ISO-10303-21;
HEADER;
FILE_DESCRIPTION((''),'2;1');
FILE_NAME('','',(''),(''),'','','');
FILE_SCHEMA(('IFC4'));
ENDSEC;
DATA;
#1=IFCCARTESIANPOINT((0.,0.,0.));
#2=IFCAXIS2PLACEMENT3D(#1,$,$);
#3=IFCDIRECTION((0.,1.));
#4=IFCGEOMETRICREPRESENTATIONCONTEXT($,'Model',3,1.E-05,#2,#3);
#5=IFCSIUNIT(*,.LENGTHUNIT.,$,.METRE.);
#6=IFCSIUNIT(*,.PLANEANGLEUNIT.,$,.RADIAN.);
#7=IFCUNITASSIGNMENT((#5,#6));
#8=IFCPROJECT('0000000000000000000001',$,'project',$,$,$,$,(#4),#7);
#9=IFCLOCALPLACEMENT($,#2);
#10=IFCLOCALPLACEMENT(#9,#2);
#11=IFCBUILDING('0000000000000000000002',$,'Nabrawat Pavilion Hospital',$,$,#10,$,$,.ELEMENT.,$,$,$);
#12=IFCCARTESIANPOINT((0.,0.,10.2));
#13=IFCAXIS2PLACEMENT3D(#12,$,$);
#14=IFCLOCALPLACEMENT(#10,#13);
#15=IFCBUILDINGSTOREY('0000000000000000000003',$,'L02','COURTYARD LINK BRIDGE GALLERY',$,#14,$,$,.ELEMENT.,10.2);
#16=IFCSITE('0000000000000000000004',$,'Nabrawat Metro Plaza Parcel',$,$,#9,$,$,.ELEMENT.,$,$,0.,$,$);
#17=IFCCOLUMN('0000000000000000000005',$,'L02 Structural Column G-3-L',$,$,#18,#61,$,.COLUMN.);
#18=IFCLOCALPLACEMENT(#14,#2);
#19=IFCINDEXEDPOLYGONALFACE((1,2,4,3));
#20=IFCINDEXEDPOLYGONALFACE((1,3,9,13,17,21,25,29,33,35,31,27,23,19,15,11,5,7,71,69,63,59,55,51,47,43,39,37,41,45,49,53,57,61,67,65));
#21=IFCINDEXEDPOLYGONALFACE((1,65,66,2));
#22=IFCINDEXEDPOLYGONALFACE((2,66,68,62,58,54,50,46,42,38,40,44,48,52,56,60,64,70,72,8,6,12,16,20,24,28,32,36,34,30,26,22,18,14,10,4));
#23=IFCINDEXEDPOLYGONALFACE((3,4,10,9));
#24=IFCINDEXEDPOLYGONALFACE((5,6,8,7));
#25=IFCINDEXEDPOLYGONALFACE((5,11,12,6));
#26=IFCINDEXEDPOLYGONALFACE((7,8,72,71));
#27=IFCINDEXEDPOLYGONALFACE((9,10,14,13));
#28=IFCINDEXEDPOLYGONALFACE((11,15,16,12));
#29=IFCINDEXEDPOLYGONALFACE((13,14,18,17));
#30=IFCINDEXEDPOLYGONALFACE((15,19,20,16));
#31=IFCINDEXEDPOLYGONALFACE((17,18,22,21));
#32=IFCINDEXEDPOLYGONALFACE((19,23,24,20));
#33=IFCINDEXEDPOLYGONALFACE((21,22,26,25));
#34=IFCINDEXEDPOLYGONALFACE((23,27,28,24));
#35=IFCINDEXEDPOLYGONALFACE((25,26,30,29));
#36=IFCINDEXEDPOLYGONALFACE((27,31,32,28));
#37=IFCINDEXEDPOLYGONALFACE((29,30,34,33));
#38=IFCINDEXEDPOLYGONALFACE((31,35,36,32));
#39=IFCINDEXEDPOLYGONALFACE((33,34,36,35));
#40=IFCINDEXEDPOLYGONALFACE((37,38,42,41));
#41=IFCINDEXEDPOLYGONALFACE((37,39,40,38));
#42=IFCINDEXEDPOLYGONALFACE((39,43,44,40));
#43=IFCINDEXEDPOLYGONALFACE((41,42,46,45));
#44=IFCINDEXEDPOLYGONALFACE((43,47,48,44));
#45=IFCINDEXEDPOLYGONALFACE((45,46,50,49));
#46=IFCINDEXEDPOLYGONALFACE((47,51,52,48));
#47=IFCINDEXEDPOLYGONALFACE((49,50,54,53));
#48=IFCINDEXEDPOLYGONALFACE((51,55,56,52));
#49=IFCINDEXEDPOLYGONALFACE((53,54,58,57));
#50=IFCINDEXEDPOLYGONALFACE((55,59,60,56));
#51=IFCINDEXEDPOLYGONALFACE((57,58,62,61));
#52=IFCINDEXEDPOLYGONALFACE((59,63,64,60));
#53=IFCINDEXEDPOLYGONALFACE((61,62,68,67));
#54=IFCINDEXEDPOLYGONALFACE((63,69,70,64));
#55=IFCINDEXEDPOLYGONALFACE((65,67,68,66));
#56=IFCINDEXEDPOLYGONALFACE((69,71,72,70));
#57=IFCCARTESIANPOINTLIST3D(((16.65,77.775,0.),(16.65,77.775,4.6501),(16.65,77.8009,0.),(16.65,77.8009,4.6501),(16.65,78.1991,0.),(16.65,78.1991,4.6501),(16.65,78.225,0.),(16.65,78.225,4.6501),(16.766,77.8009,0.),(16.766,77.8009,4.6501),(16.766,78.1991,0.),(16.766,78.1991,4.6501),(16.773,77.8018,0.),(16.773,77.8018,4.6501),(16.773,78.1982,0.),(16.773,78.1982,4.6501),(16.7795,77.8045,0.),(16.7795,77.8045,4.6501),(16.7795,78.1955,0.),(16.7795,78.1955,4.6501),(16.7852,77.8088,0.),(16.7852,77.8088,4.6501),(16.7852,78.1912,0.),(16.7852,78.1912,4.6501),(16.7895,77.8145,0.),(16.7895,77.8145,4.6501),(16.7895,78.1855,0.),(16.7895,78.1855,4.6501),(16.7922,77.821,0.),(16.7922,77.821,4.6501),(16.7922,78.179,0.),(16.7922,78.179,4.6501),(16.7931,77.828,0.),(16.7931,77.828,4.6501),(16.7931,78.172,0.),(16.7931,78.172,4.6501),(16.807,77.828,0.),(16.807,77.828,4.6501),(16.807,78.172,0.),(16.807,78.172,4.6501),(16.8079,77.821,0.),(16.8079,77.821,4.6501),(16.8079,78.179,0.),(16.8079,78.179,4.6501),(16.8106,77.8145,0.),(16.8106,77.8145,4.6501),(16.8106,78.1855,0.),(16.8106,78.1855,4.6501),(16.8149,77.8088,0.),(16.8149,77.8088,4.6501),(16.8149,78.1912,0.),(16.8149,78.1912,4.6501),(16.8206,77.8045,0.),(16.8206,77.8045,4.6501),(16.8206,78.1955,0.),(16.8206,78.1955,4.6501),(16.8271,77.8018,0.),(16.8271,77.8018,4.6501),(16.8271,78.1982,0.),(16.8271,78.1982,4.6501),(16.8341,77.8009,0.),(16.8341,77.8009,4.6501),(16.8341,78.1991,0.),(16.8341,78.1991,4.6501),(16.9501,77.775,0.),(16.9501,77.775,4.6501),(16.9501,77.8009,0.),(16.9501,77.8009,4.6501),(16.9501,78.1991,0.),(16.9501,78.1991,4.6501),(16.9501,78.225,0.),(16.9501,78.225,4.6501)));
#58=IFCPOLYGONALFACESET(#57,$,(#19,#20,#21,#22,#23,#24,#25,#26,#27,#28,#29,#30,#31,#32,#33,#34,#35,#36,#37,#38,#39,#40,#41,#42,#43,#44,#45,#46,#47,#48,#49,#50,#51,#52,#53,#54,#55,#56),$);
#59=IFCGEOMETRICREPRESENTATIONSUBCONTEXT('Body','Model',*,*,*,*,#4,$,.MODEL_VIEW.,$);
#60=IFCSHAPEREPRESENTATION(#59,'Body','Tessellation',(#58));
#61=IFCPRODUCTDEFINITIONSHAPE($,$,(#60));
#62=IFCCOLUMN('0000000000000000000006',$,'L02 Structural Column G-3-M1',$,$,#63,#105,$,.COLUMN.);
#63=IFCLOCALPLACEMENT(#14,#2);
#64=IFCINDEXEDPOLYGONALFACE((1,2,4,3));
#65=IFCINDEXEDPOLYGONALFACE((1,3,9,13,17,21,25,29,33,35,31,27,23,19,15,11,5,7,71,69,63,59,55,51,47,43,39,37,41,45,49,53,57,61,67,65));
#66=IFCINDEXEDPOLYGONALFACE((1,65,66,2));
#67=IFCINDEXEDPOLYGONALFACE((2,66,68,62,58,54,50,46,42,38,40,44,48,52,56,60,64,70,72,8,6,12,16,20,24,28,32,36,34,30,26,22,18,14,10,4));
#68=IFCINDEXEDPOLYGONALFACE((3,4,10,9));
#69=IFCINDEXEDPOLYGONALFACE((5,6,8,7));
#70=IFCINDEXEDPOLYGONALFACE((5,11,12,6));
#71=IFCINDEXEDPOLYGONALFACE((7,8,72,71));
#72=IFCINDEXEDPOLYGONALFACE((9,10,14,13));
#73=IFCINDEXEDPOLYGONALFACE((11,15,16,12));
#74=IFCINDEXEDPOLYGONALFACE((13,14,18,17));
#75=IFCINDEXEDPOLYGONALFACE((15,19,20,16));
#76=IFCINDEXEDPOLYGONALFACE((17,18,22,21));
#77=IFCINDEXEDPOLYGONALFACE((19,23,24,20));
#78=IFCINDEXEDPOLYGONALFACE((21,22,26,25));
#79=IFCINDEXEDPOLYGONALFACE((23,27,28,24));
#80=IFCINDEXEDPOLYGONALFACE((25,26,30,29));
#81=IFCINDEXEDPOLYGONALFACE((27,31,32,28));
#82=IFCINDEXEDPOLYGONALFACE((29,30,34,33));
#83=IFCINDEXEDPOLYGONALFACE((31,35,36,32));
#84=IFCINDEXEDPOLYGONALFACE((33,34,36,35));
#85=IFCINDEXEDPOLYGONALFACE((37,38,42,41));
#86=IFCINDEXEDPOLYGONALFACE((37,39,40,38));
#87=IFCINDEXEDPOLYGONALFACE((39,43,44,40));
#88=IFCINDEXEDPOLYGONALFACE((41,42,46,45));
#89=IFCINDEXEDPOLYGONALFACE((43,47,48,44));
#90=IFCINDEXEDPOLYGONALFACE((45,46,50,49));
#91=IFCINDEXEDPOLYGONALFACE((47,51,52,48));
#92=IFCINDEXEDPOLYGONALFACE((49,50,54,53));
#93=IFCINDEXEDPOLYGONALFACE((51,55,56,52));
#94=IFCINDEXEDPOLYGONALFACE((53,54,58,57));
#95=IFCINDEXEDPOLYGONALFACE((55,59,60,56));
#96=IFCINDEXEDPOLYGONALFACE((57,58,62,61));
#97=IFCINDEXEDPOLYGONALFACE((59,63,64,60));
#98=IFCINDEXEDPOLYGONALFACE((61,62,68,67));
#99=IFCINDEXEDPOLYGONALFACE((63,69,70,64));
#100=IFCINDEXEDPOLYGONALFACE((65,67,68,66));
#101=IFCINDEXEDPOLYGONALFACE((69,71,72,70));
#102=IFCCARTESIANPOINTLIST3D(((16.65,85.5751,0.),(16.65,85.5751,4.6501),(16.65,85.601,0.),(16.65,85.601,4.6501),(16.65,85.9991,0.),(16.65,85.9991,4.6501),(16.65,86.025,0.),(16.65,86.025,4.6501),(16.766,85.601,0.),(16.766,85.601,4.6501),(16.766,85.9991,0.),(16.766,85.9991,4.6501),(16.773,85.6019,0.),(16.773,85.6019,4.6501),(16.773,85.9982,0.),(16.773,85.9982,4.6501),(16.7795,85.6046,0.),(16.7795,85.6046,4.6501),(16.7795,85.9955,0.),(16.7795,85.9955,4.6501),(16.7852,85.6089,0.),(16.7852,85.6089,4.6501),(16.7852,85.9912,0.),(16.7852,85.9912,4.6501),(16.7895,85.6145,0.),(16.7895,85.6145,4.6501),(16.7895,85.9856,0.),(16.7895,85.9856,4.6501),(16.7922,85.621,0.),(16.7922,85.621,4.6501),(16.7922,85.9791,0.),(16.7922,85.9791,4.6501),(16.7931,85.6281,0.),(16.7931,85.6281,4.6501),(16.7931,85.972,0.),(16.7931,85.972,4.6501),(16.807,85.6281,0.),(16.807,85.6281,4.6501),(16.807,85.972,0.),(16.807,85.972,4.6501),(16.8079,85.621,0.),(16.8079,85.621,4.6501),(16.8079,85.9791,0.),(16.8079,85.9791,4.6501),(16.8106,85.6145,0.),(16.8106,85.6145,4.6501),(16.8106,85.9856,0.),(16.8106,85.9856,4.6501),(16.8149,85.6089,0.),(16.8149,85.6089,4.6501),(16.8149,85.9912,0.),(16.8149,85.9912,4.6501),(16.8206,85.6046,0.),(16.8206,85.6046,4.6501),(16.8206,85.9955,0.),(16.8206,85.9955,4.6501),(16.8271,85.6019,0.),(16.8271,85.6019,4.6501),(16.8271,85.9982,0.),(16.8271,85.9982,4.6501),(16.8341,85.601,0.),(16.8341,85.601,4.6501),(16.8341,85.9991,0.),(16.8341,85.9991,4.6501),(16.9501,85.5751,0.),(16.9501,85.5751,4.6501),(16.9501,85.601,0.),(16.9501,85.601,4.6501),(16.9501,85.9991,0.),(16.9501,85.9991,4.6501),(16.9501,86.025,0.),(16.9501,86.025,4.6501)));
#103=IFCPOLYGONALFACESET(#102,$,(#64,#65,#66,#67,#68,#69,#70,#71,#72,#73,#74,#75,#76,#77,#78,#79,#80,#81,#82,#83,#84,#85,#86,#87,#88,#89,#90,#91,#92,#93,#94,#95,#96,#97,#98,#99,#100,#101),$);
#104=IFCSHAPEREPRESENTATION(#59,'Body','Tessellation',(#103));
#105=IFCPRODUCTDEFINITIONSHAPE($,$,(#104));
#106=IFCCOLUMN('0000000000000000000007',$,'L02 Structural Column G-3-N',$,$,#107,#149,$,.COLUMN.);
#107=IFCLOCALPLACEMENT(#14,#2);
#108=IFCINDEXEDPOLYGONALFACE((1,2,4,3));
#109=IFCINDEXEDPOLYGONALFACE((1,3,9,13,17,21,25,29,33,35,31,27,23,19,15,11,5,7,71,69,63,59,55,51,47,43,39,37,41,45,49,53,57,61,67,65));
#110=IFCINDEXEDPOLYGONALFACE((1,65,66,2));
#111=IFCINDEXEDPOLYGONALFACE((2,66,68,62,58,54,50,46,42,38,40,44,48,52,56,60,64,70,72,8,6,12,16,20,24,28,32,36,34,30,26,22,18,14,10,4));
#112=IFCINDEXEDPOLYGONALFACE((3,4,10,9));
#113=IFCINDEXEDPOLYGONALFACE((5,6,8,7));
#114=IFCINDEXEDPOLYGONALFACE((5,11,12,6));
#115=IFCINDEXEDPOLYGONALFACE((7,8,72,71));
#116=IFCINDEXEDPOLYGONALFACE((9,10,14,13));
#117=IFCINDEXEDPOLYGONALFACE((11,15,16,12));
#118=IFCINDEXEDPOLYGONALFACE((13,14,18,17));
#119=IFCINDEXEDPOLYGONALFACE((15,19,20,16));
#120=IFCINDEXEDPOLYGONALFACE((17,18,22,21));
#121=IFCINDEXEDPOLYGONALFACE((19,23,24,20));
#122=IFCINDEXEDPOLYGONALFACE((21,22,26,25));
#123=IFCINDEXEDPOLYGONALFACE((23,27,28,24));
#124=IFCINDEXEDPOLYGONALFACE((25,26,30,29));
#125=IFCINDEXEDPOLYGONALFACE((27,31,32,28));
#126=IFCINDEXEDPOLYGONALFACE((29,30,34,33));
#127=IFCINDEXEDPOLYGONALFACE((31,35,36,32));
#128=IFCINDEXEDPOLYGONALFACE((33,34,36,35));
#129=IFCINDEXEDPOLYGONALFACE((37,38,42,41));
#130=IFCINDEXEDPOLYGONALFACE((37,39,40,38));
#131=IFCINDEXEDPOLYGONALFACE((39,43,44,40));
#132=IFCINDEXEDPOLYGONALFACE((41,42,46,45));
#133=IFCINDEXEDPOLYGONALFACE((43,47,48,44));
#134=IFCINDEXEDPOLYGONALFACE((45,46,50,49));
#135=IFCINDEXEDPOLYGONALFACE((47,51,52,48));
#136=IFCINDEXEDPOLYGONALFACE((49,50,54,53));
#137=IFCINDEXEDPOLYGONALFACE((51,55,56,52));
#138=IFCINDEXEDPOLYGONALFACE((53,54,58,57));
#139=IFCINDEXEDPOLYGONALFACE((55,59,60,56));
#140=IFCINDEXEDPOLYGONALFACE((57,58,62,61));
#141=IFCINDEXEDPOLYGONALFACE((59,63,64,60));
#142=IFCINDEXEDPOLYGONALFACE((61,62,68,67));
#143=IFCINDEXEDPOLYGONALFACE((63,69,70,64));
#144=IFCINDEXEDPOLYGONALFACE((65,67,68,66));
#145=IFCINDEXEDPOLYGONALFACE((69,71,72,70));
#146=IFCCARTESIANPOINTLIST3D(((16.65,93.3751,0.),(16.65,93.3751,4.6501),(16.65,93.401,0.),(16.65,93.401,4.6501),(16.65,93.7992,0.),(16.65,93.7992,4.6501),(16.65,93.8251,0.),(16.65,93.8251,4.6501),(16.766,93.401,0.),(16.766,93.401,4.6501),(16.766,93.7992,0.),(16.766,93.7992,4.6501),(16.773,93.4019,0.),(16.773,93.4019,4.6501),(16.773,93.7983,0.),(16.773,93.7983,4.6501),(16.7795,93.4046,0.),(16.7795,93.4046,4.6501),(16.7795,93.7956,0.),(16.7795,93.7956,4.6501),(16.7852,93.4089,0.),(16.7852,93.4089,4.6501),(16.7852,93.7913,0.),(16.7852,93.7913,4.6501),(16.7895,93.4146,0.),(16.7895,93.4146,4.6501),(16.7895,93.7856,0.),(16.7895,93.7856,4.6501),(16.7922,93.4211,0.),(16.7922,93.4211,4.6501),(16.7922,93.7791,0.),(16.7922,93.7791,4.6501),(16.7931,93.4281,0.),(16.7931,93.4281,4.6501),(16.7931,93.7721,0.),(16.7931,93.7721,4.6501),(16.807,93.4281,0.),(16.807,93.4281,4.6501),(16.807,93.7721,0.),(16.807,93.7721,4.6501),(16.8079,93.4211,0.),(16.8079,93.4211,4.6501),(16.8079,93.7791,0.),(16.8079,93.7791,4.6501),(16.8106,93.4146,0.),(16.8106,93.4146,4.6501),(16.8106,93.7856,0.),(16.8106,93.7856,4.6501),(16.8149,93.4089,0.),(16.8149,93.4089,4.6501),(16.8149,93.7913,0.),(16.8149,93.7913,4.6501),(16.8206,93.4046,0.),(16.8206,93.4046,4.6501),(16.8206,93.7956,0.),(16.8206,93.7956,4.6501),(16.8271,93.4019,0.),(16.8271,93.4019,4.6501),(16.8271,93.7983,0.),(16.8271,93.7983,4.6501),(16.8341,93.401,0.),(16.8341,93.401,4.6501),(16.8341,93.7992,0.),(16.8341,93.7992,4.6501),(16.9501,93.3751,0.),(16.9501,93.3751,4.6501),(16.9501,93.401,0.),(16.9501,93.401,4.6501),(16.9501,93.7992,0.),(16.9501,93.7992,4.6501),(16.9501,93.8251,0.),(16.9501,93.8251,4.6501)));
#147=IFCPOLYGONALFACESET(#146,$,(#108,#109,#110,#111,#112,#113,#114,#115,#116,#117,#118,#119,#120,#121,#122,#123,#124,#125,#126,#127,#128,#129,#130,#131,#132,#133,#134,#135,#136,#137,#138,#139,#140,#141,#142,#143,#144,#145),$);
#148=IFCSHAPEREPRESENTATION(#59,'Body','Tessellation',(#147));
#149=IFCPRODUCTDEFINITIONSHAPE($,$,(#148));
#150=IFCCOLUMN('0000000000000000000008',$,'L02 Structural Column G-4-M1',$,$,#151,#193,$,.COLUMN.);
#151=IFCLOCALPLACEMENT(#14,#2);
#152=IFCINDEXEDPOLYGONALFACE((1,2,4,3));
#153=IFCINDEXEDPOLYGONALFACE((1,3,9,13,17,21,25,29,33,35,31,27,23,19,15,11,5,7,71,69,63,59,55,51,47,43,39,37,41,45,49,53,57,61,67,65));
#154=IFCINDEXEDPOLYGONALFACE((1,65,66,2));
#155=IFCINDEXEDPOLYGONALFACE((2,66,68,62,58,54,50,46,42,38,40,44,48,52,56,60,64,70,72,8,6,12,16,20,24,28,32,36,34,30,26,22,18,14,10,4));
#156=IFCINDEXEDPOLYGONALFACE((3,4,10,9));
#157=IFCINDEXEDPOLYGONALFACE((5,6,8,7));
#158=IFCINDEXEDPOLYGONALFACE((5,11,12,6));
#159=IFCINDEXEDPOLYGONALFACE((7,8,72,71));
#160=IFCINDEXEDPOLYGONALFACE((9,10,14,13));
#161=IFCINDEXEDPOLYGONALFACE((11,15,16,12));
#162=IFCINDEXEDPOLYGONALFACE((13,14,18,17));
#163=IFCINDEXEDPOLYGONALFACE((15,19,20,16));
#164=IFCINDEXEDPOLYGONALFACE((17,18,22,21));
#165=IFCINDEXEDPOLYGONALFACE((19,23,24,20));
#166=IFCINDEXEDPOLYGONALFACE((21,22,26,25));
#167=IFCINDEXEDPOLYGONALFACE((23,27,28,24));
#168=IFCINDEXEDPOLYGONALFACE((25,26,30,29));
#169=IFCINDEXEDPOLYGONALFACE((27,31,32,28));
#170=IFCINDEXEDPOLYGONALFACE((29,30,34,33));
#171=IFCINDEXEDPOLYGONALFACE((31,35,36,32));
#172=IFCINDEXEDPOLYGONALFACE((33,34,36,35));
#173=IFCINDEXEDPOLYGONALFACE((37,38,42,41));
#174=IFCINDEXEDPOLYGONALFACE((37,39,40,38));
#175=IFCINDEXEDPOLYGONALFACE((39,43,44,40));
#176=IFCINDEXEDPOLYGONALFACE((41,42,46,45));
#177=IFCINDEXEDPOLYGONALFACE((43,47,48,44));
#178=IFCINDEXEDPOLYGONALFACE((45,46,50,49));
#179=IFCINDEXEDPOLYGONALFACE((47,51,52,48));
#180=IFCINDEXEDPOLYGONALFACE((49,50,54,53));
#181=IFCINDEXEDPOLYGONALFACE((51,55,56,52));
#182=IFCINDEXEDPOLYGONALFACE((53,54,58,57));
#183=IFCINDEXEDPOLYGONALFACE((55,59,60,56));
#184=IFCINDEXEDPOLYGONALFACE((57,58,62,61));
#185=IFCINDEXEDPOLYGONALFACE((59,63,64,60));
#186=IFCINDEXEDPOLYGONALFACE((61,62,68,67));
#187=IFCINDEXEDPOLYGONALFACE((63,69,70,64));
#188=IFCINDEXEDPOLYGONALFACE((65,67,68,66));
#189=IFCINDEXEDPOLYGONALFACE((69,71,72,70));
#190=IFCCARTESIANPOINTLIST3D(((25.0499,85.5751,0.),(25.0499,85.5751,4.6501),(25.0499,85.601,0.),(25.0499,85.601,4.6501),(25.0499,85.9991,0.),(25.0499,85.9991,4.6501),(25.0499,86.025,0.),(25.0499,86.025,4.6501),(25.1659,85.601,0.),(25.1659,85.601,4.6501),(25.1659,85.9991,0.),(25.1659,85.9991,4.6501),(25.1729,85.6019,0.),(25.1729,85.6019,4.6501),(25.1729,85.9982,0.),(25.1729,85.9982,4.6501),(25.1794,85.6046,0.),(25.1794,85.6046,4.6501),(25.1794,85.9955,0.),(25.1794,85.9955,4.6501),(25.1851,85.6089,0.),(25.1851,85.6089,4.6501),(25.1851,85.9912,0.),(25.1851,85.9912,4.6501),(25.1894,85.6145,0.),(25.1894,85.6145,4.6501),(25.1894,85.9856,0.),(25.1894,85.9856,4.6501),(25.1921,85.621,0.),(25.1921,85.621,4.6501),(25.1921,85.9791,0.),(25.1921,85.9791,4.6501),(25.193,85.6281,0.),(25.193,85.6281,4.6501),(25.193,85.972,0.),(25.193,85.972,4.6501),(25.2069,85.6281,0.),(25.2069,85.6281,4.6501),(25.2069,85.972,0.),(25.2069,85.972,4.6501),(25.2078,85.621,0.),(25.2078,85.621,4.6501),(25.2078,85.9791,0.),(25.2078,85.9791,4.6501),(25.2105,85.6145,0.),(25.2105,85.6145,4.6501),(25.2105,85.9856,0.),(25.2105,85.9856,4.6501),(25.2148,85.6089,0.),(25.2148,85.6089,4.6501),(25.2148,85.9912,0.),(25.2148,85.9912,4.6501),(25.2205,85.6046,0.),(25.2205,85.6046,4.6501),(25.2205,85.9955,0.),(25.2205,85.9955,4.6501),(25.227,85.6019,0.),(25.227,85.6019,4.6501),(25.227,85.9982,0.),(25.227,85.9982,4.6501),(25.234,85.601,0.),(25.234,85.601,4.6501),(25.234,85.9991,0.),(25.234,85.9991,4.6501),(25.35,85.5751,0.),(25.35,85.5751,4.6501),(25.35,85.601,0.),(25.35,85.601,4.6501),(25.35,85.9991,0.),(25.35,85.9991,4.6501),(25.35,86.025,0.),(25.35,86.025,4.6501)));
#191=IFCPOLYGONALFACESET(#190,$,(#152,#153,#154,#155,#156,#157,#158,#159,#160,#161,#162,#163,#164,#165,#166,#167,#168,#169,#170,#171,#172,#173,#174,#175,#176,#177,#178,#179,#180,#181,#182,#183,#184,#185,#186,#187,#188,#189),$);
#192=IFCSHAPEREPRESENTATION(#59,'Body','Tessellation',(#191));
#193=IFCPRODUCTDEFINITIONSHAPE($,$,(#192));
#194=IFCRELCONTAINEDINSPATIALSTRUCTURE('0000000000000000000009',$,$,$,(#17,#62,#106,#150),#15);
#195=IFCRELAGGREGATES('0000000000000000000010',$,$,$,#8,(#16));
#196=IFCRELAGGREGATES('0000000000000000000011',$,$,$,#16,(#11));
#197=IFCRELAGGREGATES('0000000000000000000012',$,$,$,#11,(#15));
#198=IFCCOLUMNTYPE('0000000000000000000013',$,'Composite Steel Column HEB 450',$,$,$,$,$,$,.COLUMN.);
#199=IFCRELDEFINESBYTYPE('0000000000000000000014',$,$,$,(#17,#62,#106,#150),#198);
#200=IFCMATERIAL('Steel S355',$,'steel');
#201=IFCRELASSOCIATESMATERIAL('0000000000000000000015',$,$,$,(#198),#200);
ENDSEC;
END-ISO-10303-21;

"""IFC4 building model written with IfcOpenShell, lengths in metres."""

from ifc_helpers import new_model, si_unit, direction, frame, origin, origin_2d, place, context, subcontext, project, spatial, i_section, extrude, material, material_profile, profile_set, type_object, element, save


model = new_model("IFC4")

# Units and contexts
model_context = context("Model", 3, precision=1e-05, world=origin(), true_north=direction((0.0, 1.0)))
body_context = subcontext(model_context, "Body", "Model", "MODEL_VIEW")
ifc_project = project(units=[si_unit("LENGTHUNIT", "METRE"), si_unit("PLANEANGLEUNIT", "RADIAN")], contexts=[model_context])

# Site, building, storey
site_placement = place(None, origin())
site = spatial("IfcSite", under=ifc_project, at=site_placement, Name="Nabrawat Metro Plaza Parcel", CompositionType="ELEMENT", RefElevation=0.0)
building_placement = place(site_placement, origin())
building = spatial("IfcBuilding", under=site, at=building_placement, Name="Nabrawat Pavilion Hospital", CompositionType="ELEMENT")
storey_placement = place(building_placement, frame((0.0, 0.0, 10.2)))
storey = spatial("IfcBuildingStorey", under=building, at=storey_placement, Name="L02", Description="COURTYARD LINK BRIDGE GALLERY", CompositionType="ELEMENT", Elevation=10.2)

# Columns
ifc_material_1 = material(Name="Steel S355", Category="steel")
ifc_material_profile_1 = material_profile(ifc_material_1, i_section(OverallWidth=0.3, OverallDepth=0.45, WebThickness=0.0139, FlangeThickness=0.0259, FilletRadius=0.0271, at=origin_2d()), Name="HEB 450")
ifc_profile_set_1 = profile_set([ifc_material_profile_1], Name="Steel S355")
column_type = type_object("IfcColumnType", Name="Composite Steel Column HEB 450", PredefinedType="COLUMN", material=ifc_profile_set_1)
for number, where, z_axis, x_axis, name in (
    (1, (16.8, 78.0, 0.0), (0.0, 0.0, 1.0), (1.0, 0.0, 0.0), "L02 Structural Column G-3-L"),
    (2, (16.8, 85.8, 0.0), (0.0, 0.0, 1.0), (1.0, 0.0, 0.0), "L02 Structural Column G-3-M1"),
    (3, (16.8, 93.6001, 0.0), (0.0, 0.0, 1.0), (1.0, 0.0, 0.0), "L02 Structural Column G-3-N"),
    (4, (25.2, 85.8, 0.0), (0.0, 0.0, 1.0), (1.0, 0.0, 0.0), "L02 Structural Column G-4-M1"),
):
    element("IfcColumn", number, at=place(storey_placement, frame(where, z_axis=z_axis, x_axis=x_axis)), inside=storey, type_object=column_type, Name=name, PredefinedType="COLUMN", context=body_context, shape_type="SweptSolid", body=[
        extrude(i_section(OverallWidth=0.3, OverallDepth=0.45, WebThickness=0.0139, FlangeThickness=0.0259, FilletRadius=0.0271, at=origin_2d()), origin(), (0.0, 0.0, 1.0), 4.6501),
    ])

save(model, "model.ifc")
